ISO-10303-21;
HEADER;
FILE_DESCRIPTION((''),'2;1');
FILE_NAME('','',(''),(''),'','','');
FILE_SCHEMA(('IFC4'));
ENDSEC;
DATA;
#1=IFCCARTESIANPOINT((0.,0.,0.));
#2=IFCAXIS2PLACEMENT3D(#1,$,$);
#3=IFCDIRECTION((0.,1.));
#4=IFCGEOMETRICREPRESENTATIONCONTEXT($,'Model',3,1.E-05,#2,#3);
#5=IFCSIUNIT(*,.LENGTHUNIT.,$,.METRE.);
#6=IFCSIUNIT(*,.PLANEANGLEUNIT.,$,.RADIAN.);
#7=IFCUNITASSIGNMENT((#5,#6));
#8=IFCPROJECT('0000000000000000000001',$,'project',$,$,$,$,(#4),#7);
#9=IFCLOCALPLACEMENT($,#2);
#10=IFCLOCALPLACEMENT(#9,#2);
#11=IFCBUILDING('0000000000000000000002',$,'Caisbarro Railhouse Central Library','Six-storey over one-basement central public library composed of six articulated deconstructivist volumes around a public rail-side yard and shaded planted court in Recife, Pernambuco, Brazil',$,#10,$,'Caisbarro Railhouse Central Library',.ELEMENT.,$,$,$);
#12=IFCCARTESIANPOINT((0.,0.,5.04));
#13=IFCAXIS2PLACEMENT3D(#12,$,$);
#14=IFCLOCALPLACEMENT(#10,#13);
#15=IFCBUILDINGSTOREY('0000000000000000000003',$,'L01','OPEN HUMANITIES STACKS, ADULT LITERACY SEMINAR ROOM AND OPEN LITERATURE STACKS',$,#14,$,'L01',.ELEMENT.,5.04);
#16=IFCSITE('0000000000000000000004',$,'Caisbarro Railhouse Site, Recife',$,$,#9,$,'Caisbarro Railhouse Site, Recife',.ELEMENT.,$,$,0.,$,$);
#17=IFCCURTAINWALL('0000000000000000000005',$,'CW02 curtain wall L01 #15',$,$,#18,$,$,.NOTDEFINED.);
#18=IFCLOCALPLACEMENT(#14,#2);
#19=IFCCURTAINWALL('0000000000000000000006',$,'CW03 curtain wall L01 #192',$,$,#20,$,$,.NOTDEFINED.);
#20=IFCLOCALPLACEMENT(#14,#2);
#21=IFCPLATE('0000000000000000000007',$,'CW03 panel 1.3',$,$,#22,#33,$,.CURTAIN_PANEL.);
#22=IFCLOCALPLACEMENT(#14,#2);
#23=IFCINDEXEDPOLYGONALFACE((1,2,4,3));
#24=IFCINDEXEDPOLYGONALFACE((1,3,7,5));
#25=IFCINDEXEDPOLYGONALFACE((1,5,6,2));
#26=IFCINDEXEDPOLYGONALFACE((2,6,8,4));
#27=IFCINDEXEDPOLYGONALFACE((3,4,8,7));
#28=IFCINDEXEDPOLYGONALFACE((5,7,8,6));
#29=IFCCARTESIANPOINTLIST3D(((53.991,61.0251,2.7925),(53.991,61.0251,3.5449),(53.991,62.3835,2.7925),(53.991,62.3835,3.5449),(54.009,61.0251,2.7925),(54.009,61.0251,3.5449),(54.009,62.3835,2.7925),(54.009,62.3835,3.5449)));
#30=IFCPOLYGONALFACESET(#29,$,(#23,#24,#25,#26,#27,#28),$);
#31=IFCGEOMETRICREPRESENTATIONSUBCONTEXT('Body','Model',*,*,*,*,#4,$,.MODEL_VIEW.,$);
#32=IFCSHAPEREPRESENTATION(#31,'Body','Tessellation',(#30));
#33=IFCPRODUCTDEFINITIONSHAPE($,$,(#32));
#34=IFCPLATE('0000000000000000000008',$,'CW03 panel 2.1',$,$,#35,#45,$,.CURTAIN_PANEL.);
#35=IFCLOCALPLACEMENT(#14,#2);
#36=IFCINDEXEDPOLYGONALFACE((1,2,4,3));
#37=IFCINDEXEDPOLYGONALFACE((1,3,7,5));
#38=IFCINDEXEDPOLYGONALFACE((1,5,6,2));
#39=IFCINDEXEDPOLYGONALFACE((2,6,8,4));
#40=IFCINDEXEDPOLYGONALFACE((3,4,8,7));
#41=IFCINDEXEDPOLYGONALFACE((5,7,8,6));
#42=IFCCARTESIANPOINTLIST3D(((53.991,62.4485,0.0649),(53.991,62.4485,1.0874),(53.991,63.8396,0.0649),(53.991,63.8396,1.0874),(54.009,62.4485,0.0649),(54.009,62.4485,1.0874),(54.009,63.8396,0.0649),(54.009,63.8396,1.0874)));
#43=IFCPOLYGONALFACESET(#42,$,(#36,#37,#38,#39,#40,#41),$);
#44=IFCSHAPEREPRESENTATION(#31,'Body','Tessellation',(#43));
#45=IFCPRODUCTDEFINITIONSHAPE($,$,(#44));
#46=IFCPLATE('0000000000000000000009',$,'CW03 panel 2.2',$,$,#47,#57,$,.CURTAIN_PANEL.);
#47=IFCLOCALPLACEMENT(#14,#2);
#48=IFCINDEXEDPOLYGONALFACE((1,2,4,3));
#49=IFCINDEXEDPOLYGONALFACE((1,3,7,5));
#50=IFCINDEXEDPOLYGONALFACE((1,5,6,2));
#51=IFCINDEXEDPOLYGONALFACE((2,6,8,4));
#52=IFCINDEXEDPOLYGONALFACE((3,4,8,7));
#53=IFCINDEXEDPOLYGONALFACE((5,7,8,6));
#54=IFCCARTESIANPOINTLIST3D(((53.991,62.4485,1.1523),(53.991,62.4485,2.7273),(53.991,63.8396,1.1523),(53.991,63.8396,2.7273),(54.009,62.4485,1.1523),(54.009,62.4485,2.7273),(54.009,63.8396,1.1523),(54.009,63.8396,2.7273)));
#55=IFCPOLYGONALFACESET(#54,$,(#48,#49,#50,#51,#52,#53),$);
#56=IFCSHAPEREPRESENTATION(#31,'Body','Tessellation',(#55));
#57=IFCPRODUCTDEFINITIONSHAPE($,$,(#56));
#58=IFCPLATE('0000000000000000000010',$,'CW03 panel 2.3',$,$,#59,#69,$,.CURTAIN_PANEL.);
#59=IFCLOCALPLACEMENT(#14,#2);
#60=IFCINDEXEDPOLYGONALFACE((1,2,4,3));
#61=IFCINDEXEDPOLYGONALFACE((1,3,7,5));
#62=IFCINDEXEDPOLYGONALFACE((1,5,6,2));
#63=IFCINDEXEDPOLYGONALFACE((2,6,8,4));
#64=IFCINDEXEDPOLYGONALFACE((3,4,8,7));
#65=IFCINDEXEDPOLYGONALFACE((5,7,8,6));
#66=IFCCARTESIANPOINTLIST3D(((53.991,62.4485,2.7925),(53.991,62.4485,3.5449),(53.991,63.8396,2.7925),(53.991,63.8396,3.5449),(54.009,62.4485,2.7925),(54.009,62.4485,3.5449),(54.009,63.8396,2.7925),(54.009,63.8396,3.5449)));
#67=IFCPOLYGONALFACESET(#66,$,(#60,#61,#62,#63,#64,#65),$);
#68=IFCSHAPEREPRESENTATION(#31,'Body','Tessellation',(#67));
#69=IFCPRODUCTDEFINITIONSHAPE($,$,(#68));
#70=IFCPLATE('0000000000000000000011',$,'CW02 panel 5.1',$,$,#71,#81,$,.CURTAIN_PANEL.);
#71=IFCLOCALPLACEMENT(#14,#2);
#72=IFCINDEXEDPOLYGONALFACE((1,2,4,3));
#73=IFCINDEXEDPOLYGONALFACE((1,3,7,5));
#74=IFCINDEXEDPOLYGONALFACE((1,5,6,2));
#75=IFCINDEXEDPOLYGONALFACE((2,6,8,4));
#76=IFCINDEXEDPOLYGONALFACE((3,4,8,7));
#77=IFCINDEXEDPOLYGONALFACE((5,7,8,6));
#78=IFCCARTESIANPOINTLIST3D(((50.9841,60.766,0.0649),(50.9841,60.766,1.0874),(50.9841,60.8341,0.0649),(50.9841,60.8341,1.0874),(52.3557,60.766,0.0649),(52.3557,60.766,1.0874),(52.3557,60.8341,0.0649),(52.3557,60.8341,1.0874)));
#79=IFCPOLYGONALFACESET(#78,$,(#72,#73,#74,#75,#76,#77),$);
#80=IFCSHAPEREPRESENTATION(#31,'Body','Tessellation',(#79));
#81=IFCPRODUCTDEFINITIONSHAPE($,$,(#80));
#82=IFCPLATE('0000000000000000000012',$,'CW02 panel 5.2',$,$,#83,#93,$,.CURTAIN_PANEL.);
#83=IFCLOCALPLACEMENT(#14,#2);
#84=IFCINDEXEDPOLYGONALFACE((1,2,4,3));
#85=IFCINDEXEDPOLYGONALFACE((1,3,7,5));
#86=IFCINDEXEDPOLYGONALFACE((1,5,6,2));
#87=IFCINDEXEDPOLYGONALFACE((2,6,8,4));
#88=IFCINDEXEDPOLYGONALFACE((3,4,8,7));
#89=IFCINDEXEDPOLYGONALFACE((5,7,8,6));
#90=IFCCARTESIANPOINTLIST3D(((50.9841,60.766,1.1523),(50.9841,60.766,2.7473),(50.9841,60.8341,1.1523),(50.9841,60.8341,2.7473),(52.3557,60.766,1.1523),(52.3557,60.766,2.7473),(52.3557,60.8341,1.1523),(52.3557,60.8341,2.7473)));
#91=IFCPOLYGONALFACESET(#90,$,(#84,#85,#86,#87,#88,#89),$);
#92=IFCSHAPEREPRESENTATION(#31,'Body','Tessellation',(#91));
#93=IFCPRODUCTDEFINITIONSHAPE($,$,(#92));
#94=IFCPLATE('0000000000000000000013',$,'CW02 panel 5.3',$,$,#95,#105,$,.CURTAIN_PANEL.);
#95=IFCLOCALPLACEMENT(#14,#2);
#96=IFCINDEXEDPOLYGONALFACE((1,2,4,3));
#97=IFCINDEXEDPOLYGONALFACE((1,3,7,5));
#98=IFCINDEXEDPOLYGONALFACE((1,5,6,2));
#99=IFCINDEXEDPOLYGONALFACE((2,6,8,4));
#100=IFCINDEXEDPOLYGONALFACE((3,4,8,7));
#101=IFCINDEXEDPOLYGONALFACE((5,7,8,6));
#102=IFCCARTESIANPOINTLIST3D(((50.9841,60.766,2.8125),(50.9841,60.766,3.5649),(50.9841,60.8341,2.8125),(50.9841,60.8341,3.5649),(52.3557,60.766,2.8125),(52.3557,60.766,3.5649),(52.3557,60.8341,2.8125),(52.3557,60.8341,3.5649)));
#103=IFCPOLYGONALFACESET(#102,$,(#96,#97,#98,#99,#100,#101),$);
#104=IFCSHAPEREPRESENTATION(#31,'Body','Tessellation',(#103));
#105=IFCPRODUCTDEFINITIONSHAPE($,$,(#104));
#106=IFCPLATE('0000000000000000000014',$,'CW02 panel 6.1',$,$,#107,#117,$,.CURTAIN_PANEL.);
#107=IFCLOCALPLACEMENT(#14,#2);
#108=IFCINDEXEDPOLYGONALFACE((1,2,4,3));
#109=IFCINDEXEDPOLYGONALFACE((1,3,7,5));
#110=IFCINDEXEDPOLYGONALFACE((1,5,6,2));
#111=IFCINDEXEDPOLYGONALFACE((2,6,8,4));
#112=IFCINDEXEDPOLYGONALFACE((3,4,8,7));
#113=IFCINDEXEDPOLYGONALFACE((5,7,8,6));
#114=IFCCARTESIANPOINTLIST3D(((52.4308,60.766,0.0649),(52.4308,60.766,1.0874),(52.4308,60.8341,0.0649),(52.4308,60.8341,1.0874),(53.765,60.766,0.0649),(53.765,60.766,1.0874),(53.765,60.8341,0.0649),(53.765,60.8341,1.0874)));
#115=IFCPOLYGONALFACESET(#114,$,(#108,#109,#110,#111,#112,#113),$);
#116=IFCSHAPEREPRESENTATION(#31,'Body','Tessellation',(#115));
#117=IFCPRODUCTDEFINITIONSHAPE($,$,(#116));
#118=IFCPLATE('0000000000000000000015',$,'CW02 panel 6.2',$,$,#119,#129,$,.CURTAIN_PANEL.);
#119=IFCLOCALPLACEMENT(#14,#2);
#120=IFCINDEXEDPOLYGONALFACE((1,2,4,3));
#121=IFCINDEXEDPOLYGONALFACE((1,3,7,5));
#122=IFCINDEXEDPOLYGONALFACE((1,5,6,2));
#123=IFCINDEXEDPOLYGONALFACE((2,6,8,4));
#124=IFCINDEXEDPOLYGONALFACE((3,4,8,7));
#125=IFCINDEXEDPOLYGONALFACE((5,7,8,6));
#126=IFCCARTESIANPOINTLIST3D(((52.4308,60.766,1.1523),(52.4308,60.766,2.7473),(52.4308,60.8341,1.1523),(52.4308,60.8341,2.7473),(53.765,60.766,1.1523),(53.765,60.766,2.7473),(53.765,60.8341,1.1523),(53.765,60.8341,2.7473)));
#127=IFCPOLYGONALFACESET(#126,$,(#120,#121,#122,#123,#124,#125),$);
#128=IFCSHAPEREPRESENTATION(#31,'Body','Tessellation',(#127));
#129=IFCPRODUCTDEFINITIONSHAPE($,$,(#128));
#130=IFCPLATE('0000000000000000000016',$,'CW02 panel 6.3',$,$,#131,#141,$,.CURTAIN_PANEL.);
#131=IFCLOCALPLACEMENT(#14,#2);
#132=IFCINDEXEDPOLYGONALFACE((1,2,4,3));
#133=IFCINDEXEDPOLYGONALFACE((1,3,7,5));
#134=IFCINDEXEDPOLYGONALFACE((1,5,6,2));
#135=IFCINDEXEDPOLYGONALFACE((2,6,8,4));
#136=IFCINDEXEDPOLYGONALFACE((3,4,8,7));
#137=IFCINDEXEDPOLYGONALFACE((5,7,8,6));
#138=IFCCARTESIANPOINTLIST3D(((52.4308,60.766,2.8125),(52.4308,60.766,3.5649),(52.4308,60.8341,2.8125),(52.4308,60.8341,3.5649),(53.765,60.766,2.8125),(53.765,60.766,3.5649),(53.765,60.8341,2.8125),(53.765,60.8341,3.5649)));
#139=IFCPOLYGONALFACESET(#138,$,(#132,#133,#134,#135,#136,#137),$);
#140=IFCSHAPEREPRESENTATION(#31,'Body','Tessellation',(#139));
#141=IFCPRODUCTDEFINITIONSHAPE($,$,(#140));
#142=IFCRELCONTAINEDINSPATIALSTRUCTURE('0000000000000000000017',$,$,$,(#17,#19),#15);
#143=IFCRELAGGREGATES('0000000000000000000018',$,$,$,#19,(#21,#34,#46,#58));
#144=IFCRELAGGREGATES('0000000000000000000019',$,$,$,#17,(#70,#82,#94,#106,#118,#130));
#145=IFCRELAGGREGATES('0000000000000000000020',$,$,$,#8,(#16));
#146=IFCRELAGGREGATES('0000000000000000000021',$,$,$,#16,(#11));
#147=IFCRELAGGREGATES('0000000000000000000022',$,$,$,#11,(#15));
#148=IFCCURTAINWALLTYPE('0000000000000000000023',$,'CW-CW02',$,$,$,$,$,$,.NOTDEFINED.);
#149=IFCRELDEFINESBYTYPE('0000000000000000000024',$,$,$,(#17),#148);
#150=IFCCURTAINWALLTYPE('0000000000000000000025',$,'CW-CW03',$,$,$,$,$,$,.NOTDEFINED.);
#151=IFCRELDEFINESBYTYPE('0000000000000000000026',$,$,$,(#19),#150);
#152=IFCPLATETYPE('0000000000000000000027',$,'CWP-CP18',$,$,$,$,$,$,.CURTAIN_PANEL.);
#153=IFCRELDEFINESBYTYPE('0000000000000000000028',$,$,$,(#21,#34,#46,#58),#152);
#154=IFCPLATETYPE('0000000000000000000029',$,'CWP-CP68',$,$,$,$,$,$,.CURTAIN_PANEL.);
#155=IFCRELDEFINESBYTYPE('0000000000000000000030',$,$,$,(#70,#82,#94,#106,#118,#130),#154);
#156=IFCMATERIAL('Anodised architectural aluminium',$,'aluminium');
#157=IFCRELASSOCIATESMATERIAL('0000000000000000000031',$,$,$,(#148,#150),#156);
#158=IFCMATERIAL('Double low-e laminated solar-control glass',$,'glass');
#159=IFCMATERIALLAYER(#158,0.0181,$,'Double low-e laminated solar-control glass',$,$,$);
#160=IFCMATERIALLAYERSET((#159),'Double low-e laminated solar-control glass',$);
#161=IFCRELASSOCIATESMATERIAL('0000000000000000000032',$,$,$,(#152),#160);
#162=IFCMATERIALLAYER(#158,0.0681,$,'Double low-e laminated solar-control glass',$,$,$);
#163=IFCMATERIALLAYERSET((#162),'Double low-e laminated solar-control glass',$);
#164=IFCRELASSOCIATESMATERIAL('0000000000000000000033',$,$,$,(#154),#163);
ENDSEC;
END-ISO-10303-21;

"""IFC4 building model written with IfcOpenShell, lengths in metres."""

from ifc_helpers import new_model, si_unit, direction, frame, origin, origin_2d, place, context, subcontext, project, spatial, rectangle, extrude, material, layer, layer_set, type_object, element, aggregate, save


model = new_model("IFC4")

# Units and contexts
model_context = context("Model", 3, precision=1e-05, world=origin(), true_north=direction((0.0, 1.0)))
body_context = subcontext(model_context, "Body", "Model", "MODEL_VIEW")
ifc_project = project(units=[si_unit("LENGTHUNIT", "METRE"), si_unit("PLANEANGLEUNIT", "RADIAN")], contexts=[model_context])

# Site, building, storey
site_placement = place(None, origin())
site = spatial("IfcSite", under=ifc_project, at=site_placement, Name="Caisbarro Railhouse Site, Recife", LongName="Caisbarro Railhouse Site, Recife", CompositionType="ELEMENT", RefElevation=0.0)
building_placement = place(site_placement, origin())
building = spatial("IfcBuilding", under=site, at=building_placement, Name="Caisbarro Railhouse Central Library", Description="Six-storey over one-basement central public library composed of six articulated deconstructivist volumes around a public rail-side yard and shaded planted court in Recife, Pernambuco, Brazil", LongName="Caisbarro Railhouse Central Library", CompositionType="ELEMENT")
storey_placement = place(building_placement, frame((0.0, 0.0, 5.04)))
storey = spatial("IfcBuildingStorey", under=building, at=storey_placement, Name="L01", Description="OPEN HUMANITIES STACKS, ADULT LITERACY SEMINAR ROOM AND OPEN LITERATURE STACKS", LongName="L01", CompositionType="ELEMENT", Elevation=5.04)

# Curtain walls
ifc_material_1 = material(Name="Anodised architectural aluminium", Category="aluminium")
curtain_wall_type_1 = type_object("IfcCurtainWallType", Name="CW-CW02", PredefinedType="NOTDEFINED", material=ifc_material_1)
curtain_wall_1_placement = place(storey_placement, origin())
curtain_wall_1 = element("IfcCurtainWall", 1, at=curtain_wall_1_placement, inside=storey, type_object=curtain_wall_type_1, Name="CW02 curtain wall L01 #15", PredefinedType="NOTDEFINED")
curtain_wall_type_2 = type_object("IfcCurtainWallType", Name="CW-CW03", PredefinedType="NOTDEFINED", material=ifc_material_1)
curtain_wall_2_placement = place(storey_placement, origin())
curtain_wall_2 = element("IfcCurtainWall", 2, at=curtain_wall_2_placement, inside=storey, type_object=curtain_wall_type_2, Name="CW03 curtain wall L01 #192", PredefinedType="NOTDEFINED")

# Plates
ifc_material_2 = material(Name="Double low-e laminated solar-control glass", Category="glass")
ifc_layer_1 = layer(ifc_material_2, 0.0181, Name="Double low-e laminated solar-control glass")
ifc_layer_set_1 = layer_set([ifc_layer_1], Name="Double low-e laminated solar-control glass")
plate_type_1 = type_object("IfcPlateType", Name="CWP-CP18", PredefinedType="CURTAIN_PANEL", material=ifc_layer_set_1)
plate_1_placement = place(storey_placement, frame((54.0, 61.7043, 2.7925), z_axis=(0.0, 0.0, 1.0), x_axis=(0.0, 1.0, 0.0)))
plate_1 = element("IfcPlate", 3, at=plate_1_placement, type_object=plate_type_1, Name="CW03 panel 1.3", PredefinedType="CURTAIN_PANEL", context=body_context, shape_type="SweptSolid", body=[
    extrude(rectangle(XDim=1.3584, YDim=0.0181, at=origin_2d()), origin(), (0.0, 0.0, 1.0), 0.7524),
])
plate_2_placement = place(storey_placement, frame((54.0, 63.144, 0.0649), z_axis=(0.0, 0.0, 1.0), x_axis=(0.0, 1.0, 0.0)))
plate_2 = element("IfcPlate", 4, at=plate_2_placement, type_object=plate_type_1, Name="CW03 panel 2.1", PredefinedType="CURTAIN_PANEL", context=body_context, shape_type="SweptSolid", body=[
    extrude(rectangle(XDim=1.3911, YDim=0.0181, at=origin_2d()), origin(), (0.0, 0.0, 1.0), 1.0225),
])
plate_3_placement = place(storey_placement, frame((54.0, 63.144, 1.1523), z_axis=(0.0, 0.0, 1.0), x_axis=(0.0, 1.0, 0.0)))
plate_3 = element("IfcPlate", 5, at=plate_3_placement, type_object=plate_type_1, Name="CW03 panel 2.2", PredefinedType="CURTAIN_PANEL", context=body_context, shape_type="SweptSolid", body=[
    extrude(rectangle(XDim=1.3911, YDim=0.0181, at=origin_2d()), origin(), (0.0, 0.0, 1.0), 1.575),
])
plate_4_placement = place(storey_placement, frame((54.0, 63.144, 2.7925), z_axis=(0.0, 0.0, 1.0), x_axis=(0.0, 1.0, 0.0)))
plate_4 = element("IfcPlate", 6, at=plate_4_placement, type_object=plate_type_1, Name="CW03 panel 2.3", PredefinedType="CURTAIN_PANEL", context=body_context, shape_type="SweptSolid", body=[
    extrude(rectangle(XDim=1.3911, YDim=0.0181, at=origin_2d()), origin(), (0.0, 0.0, 1.0), 0.7524),
])
aggregate(curtain_wall_2, [plate_1, plate_2, plate_3, plate_4])
ifc_layer_2 = layer(ifc_material_2, 0.0681, Name="Double low-e laminated solar-control glass")
ifc_layer_set_2 = layer_set([ifc_layer_2], Name="Double low-e laminated solar-control glass")
plate_type_2 = type_object("IfcPlateType", Name="CWP-CP68", PredefinedType="CURTAIN_PANEL", material=ifc_layer_set_2)
plate_5_placement = place(storey_placement, frame((51.6699, 60.8, 0.0649), z_axis=(0.0, 0.0, 1.0), x_axis=(1.0, 0.0, 0.0)))
plate_5 = element("IfcPlate", 7, at=plate_5_placement, type_object=plate_type_2, Name="CW02 panel 5.1", PredefinedType="CURTAIN_PANEL", context=body_context, shape_type="SweptSolid", body=[
    extrude(rectangle(XDim=1.3716, YDim=0.0681, at=origin_2d()), origin(), (0.0, 0.0, 1.0), 1.0225),
])
plate_6_placement = place(storey_placement, frame((51.6699, 60.8, 1.1523), z_axis=(0.0, 0.0, 1.0), x_axis=(1.0, 0.0, 0.0)))
plate_6 = element("IfcPlate", 8, at=plate_6_placement, type_object=plate_type_2, Name="CW02 panel 5.2", PredefinedType="CURTAIN_PANEL", context=body_context, shape_type="SweptSolid", body=[
    extrude(rectangle(XDim=1.3716, YDim=0.0681, at=origin_2d()), origin(), (0.0, 0.0, 1.0), 1.595),
])
plate_7_placement = place(storey_placement, frame((51.6699, 60.8, 2.8125), z_axis=(0.0, 0.0, 1.0), x_axis=(1.0, 0.0, 0.0)))
plate_7 = element("IfcPlate", 9, at=plate_7_placement, type_object=plate_type_2, Name="CW02 panel 5.3", PredefinedType="CURTAIN_PANEL", context=body_context, shape_type="SweptSolid", body=[
    extrude(rectangle(XDim=1.3716, YDim=0.0681, at=origin_2d()), origin(), (0.0, 0.0, 1.0), 0.7524),
])
plate_8_placement = place(storey_placement, frame((53.0979, 60.8, 0.0649), z_axis=(0.0, 0.0, 1.0), x_axis=(1.0, 0.0, 0.0)))
plate_8 = element("IfcPlate", 10, at=plate_8_placement, type_object=plate_type_2, Name="CW02 panel 6.1", PredefinedType="CURTAIN_PANEL", context=body_context, shape_type="SweptSolid", body=[
    extrude(rectangle(XDim=1.3342, YDim=0.0681, at=origin_2d()), origin(), (0.0, 0.0, 1.0), 1.0225),
])
plate_9_placement = place(storey_placement, frame((53.0979, 60.8, 1.1523), z_axis=(0.0, 0.0, 1.0), x_axis=(1.0, 0.0, 0.0)))
plate_9 = element("IfcPlate", 11, at=plate_9_placement, type_object=plate_type_2, Name="CW02 panel 6.2", PredefinedType="CURTAIN_PANEL", context=body_context, shape_type="SweptSolid", body=[
    extrude(rectangle(XDim=1.3342, YDim=0.0681, at=origin_2d()), origin(), (0.0, 0.0, 1.0), 1.595),
])
plate_10_placement = place(storey_placement, frame((53.0979, 60.8, 2.8125), z_axis=(0.0, 0.0, 1.0), x_axis=(1.0, 0.0, 0.0)))
plate_10 = element("IfcPlate", 12, at=plate_10_placement, type_object=plate_type_2, Name="CW02 panel 6.3", PredefinedType="CURTAIN_PANEL", context=body_context, shape_type="SweptSolid", body=[
    extrude(rectangle(XDim=1.3342, YDim=0.0681, at=origin_2d()), origin(), (0.0, 0.0, 1.0), 0.7524),
])
aggregate(curtain_wall_1, [plate_5, plate_6, plate_7, plate_8, plate_9, plate_10])

save(model, "model.ifc")
